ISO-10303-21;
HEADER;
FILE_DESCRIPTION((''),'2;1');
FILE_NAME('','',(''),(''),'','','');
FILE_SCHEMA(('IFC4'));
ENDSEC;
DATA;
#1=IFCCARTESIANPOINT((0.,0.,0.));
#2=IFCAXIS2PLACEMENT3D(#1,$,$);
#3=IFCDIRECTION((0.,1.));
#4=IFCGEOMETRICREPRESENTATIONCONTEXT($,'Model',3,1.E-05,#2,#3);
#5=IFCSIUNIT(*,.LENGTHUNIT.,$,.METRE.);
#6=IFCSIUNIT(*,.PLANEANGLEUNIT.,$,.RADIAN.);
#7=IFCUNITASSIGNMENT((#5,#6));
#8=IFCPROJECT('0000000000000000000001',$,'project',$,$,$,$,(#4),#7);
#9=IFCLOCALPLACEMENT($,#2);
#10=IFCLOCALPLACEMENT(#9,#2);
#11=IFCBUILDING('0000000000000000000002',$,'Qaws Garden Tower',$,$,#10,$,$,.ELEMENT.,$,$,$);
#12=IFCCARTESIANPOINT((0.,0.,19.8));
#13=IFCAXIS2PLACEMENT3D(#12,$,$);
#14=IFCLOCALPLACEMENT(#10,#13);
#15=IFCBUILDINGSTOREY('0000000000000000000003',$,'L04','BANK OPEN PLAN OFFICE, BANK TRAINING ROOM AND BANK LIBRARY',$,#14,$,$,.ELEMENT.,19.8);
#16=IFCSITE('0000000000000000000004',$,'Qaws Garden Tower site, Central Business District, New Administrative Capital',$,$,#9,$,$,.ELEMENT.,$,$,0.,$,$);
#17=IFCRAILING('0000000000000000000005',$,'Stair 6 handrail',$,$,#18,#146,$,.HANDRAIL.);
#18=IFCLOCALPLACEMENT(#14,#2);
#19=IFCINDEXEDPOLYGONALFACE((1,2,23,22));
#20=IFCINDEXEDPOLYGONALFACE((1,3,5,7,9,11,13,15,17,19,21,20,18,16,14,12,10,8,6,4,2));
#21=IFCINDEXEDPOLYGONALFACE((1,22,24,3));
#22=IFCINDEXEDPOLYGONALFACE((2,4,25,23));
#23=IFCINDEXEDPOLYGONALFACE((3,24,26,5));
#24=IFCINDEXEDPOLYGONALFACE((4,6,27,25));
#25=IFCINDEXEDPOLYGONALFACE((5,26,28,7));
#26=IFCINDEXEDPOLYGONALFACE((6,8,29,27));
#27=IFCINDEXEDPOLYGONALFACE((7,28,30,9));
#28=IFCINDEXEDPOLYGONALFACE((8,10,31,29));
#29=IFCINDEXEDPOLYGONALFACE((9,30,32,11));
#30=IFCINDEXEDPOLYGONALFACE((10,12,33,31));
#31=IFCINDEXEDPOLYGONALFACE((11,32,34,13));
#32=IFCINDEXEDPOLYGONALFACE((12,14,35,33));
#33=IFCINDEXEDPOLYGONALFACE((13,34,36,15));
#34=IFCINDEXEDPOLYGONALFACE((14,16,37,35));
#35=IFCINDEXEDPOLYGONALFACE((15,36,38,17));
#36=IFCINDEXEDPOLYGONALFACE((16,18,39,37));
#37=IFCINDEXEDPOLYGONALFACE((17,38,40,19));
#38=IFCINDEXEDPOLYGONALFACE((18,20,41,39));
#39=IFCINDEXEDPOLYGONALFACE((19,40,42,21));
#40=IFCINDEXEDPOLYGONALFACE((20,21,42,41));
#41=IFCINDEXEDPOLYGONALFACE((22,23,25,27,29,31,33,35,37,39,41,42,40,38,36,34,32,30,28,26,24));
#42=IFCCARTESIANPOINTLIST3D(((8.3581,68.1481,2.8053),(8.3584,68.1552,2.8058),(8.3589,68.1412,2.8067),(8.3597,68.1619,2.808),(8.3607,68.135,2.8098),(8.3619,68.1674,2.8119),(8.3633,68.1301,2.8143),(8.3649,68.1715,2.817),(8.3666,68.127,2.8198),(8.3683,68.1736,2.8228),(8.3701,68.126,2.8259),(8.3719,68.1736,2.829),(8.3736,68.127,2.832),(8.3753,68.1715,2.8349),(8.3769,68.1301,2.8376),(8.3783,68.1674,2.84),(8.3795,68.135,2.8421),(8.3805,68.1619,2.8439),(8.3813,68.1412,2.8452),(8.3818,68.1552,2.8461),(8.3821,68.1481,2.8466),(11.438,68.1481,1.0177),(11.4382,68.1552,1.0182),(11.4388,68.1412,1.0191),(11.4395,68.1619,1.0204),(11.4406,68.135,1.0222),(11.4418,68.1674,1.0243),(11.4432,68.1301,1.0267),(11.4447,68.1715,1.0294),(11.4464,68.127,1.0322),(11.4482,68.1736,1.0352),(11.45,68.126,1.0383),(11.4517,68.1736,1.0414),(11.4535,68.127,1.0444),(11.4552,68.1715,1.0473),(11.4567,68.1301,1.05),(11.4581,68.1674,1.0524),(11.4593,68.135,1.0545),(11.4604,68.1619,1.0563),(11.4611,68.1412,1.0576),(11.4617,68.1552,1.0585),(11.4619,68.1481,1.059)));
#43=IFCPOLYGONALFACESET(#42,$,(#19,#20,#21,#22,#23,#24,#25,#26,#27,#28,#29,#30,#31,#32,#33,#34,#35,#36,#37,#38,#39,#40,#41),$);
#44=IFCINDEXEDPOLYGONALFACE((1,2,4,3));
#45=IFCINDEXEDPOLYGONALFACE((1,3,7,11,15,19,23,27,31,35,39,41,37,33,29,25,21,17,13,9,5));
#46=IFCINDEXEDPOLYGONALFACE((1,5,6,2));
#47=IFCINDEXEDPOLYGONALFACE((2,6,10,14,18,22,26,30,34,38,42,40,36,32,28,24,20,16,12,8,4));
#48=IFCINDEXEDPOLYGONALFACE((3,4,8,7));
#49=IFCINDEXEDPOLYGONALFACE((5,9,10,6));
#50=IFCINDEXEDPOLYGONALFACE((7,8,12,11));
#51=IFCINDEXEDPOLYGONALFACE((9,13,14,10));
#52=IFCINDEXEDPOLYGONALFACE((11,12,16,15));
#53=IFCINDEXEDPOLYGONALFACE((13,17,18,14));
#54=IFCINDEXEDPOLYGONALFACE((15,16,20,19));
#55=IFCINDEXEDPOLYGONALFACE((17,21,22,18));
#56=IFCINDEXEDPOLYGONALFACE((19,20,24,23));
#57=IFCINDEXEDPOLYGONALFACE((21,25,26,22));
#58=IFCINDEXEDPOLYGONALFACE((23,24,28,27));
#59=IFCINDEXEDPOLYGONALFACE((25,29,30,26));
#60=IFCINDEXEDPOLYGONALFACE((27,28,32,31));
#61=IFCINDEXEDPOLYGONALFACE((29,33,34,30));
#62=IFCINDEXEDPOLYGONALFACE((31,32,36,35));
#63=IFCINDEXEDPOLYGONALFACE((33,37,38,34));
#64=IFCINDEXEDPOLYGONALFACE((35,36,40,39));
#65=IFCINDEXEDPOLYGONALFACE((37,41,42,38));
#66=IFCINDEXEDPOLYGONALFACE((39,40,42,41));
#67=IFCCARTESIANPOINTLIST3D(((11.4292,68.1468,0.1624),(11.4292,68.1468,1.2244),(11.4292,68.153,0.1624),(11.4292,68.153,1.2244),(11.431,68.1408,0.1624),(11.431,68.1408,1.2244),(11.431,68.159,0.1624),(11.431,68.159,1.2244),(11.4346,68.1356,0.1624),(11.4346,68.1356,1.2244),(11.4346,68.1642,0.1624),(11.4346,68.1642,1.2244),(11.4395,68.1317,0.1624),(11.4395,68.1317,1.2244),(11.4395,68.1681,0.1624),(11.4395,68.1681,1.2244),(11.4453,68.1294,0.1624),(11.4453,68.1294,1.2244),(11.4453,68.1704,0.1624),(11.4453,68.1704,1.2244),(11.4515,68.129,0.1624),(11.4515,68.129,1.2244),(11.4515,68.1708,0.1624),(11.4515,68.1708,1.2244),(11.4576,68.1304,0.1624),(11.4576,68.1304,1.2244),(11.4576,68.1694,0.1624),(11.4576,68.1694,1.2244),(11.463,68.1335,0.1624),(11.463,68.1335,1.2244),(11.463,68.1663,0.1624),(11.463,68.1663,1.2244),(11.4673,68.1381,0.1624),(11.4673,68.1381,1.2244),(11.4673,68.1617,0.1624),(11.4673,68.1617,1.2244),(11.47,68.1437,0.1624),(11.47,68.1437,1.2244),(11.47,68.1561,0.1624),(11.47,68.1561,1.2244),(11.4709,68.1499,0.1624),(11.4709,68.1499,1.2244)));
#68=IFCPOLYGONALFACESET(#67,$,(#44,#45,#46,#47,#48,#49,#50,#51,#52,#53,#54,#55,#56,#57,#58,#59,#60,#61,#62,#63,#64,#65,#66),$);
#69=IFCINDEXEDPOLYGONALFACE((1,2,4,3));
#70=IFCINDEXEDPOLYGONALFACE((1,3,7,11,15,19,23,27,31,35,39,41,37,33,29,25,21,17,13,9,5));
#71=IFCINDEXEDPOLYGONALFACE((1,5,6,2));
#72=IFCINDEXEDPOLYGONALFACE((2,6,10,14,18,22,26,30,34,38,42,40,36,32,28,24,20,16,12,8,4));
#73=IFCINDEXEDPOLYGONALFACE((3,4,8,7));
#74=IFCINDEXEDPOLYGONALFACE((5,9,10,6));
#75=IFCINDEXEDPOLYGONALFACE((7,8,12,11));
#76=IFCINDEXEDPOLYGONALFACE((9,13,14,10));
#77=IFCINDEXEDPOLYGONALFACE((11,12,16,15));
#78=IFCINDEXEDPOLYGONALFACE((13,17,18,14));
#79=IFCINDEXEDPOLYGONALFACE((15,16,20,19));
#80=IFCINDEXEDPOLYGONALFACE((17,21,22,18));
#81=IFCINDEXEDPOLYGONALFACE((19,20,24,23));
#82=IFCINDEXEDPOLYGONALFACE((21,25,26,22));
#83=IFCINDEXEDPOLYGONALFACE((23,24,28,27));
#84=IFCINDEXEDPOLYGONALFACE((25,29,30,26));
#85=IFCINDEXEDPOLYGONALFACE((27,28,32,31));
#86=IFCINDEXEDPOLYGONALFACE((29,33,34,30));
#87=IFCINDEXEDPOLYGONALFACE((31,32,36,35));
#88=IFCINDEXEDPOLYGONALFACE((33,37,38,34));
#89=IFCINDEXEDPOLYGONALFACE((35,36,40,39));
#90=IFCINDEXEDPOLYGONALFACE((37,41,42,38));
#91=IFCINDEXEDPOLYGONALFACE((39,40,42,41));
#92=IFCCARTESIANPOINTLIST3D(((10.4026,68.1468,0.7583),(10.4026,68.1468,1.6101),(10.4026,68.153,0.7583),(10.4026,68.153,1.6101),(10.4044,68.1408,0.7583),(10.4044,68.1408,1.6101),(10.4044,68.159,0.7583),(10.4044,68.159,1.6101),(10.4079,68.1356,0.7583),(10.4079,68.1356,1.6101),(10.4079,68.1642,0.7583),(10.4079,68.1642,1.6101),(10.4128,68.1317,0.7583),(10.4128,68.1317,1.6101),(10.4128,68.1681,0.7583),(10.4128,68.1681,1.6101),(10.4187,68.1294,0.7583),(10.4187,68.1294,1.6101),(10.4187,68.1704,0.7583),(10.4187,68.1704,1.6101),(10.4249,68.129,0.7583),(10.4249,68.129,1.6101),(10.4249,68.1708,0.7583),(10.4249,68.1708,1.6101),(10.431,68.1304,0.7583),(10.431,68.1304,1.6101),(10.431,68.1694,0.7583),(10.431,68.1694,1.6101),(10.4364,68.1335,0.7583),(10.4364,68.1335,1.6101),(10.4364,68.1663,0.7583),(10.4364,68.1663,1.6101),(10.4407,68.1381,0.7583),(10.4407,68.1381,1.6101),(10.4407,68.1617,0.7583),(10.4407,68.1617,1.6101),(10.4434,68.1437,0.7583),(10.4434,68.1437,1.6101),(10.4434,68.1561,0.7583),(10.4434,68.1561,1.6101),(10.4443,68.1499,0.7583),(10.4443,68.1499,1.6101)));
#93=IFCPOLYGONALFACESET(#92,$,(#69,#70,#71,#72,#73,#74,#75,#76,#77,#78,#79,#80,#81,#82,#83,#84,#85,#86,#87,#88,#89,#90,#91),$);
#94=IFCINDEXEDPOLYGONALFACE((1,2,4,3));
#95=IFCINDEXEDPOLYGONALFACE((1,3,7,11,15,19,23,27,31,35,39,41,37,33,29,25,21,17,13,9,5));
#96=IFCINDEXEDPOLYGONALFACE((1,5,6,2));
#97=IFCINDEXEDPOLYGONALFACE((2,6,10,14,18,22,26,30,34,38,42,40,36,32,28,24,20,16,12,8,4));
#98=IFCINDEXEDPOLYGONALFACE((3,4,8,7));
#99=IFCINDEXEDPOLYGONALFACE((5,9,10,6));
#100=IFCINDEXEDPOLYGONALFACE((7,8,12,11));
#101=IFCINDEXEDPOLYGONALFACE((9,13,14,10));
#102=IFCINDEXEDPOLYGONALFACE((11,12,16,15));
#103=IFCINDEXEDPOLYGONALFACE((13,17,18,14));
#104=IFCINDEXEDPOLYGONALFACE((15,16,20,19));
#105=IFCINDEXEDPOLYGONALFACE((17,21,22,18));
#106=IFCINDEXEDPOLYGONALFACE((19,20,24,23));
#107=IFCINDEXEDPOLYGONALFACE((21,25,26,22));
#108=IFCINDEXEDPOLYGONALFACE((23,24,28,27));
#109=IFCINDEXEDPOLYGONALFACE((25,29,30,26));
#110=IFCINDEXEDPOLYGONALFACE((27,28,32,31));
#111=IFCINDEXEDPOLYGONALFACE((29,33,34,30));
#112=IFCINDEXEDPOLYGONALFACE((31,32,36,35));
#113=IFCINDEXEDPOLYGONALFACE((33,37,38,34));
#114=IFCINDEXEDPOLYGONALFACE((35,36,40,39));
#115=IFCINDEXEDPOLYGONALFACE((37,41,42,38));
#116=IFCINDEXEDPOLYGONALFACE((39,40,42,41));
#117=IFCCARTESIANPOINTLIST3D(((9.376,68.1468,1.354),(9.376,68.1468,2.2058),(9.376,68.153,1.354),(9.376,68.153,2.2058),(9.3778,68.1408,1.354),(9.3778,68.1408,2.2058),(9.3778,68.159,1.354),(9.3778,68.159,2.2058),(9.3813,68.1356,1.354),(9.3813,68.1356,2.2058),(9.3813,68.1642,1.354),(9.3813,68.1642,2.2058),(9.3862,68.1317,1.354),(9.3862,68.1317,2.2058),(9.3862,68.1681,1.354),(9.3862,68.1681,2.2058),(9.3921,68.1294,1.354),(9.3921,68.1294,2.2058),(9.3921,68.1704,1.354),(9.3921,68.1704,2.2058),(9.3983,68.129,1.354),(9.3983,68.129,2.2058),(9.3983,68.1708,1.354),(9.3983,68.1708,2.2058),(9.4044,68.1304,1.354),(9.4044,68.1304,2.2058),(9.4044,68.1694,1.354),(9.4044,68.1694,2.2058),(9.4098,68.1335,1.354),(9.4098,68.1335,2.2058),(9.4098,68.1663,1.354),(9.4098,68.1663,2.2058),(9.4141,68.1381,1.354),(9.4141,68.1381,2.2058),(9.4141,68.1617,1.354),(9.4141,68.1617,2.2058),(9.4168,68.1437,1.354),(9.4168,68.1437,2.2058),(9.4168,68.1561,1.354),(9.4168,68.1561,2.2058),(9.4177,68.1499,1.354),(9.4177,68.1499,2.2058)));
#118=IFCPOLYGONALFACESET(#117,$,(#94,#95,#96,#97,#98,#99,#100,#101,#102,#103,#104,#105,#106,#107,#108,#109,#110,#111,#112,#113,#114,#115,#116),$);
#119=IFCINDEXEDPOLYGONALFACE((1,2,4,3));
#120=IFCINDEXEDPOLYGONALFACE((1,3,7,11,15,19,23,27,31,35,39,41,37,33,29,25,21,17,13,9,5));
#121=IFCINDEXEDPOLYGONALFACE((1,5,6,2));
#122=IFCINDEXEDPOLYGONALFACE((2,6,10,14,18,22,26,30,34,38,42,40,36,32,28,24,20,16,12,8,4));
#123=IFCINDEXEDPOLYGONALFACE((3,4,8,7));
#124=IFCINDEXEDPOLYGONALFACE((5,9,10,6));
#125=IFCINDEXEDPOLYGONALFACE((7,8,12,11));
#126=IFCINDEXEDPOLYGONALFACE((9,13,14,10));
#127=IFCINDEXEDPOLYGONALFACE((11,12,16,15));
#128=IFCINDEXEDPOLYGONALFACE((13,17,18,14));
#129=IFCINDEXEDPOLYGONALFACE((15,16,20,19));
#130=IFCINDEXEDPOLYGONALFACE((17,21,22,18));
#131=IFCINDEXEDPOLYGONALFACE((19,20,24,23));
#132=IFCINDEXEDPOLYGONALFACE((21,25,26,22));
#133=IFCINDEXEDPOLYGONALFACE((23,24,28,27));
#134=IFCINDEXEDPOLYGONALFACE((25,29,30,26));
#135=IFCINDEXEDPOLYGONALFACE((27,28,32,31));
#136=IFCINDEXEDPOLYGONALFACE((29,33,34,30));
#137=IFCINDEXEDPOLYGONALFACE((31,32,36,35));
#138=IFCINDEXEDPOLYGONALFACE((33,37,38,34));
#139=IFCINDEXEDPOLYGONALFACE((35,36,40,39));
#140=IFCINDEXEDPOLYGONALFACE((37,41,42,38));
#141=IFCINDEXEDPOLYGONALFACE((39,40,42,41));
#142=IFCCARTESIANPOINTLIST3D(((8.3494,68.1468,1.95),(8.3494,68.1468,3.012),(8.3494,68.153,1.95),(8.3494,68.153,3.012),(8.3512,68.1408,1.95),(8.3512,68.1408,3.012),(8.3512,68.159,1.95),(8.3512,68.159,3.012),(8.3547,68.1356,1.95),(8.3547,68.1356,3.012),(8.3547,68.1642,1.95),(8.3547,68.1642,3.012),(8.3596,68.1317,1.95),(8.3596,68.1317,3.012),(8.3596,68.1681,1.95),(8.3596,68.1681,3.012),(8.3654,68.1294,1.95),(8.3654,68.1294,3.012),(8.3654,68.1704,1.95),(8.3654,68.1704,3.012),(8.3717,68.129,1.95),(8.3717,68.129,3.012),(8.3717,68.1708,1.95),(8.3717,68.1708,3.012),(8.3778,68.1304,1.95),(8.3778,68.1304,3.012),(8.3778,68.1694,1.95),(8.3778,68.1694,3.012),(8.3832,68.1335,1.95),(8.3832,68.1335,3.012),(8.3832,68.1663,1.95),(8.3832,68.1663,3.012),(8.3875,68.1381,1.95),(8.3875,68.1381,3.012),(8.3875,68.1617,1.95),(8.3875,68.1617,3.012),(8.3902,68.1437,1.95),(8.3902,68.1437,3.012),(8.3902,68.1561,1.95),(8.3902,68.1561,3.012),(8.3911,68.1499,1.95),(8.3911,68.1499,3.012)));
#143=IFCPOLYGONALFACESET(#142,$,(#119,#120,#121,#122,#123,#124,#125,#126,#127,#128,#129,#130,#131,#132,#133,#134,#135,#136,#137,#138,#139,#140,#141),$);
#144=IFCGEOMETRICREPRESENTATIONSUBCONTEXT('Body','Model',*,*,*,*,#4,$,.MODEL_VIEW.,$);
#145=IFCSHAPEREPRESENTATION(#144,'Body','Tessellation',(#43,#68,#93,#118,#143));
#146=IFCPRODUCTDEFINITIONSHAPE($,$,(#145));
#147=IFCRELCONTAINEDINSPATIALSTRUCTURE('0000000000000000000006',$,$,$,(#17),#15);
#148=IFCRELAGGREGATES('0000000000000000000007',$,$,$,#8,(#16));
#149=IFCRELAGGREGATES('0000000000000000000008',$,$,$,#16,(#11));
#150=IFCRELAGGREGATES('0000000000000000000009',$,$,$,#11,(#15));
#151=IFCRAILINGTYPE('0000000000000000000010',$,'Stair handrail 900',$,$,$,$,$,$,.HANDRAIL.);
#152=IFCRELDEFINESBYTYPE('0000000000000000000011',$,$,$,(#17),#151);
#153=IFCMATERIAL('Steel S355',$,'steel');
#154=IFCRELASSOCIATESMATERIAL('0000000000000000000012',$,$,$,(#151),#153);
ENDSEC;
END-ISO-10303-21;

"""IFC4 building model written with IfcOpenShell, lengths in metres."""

from ifc_helpers import new_model, si_unit, direction, frame, origin, origin_2d, place, context, subcontext, project, spatial, circle, extrude, material, type_object, element, save


model = new_model("IFC4")

# Units and contexts
model_context = context("Model", 3, precision=1e-05, world=origin(), true_north=direction((0.0, 1.0)))
body_context = subcontext(model_context, "Body", "Model", "MODEL_VIEW")
ifc_project = project(units=[si_unit("LENGTHUNIT", "METRE"), si_unit("PLANEANGLEUNIT", "RADIAN")], contexts=[model_context])

# Site, building, storey
site_placement = place(None, origin())
site = spatial("IfcSite", under=ifc_project, at=site_placement, Name="Qaws Garden Tower site, Central Business District, New Administrative Capital", CompositionType="ELEMENT", RefElevation=0.0)
building_placement = place(site_placement, origin())
building = spatial("IfcBuilding", under=site, at=building_placement, Name="Qaws Garden Tower", CompositionType="ELEMENT")
storey_placement = place(building_placement, frame((0.0, 0.0, 19.8)))
storey = spatial("IfcBuildingStorey", under=building, at=storey_placement, Name="L04", Description="BANK OPEN PLAN OFFICE, BANK TRAINING ROOM AND BANK LIBRARY", CompositionType="ELEMENT", Elevation=19.8)

# Railing
ifc_material_1 = material(Name="Steel S355", Category="steel")
railing_type = type_object("IfcRailingType", Name="Stair handrail 900", PredefinedType="HANDRAIL", material=ifc_material_1)
railing_1_placement = place(storey_placement, frame((11.45, 68.1499, 0.1624)))
element("IfcRailing", 1, at=railing_1_placement, inside=storey, type_object=railing_type, Name="Stair 6 handrail", PredefinedType="HANDRAIL", context=body_context, shape_type="SweptSolid", body=[
    extrude(circle(Radius=0.0239, at=origin_2d()), frame((0.0, 0.0, 0.876), z_axis=(-0.864873, 0.0, 0.50199), x_axis=(0.0, -1.0, 0.0)), (0.0, 0.0, 1.0), 3.561),
    extrude(circle(Radius=0.021, at=origin_2d()), origin(), (0.0, 0.0, 1.0), 1.062),
    extrude(circle(Radius=0.021, at=origin_2d()), frame((-1.0266, 0.0, 0.5959)), (0.0, 0.0, 1.0), 0.8518),
    extrude(circle(Radius=0.021, at=origin_2d()), frame((-2.0532, 0.0, 1.1917)), (0.0, 0.0, 1.0), 0.8518),
    extrude(circle(Radius=0.021, at=origin_2d()), frame((-3.0798, 0.0, 1.7876)), (0.0, 0.0, 1.0), 1.062),
])

save(model, "model.ifc")
